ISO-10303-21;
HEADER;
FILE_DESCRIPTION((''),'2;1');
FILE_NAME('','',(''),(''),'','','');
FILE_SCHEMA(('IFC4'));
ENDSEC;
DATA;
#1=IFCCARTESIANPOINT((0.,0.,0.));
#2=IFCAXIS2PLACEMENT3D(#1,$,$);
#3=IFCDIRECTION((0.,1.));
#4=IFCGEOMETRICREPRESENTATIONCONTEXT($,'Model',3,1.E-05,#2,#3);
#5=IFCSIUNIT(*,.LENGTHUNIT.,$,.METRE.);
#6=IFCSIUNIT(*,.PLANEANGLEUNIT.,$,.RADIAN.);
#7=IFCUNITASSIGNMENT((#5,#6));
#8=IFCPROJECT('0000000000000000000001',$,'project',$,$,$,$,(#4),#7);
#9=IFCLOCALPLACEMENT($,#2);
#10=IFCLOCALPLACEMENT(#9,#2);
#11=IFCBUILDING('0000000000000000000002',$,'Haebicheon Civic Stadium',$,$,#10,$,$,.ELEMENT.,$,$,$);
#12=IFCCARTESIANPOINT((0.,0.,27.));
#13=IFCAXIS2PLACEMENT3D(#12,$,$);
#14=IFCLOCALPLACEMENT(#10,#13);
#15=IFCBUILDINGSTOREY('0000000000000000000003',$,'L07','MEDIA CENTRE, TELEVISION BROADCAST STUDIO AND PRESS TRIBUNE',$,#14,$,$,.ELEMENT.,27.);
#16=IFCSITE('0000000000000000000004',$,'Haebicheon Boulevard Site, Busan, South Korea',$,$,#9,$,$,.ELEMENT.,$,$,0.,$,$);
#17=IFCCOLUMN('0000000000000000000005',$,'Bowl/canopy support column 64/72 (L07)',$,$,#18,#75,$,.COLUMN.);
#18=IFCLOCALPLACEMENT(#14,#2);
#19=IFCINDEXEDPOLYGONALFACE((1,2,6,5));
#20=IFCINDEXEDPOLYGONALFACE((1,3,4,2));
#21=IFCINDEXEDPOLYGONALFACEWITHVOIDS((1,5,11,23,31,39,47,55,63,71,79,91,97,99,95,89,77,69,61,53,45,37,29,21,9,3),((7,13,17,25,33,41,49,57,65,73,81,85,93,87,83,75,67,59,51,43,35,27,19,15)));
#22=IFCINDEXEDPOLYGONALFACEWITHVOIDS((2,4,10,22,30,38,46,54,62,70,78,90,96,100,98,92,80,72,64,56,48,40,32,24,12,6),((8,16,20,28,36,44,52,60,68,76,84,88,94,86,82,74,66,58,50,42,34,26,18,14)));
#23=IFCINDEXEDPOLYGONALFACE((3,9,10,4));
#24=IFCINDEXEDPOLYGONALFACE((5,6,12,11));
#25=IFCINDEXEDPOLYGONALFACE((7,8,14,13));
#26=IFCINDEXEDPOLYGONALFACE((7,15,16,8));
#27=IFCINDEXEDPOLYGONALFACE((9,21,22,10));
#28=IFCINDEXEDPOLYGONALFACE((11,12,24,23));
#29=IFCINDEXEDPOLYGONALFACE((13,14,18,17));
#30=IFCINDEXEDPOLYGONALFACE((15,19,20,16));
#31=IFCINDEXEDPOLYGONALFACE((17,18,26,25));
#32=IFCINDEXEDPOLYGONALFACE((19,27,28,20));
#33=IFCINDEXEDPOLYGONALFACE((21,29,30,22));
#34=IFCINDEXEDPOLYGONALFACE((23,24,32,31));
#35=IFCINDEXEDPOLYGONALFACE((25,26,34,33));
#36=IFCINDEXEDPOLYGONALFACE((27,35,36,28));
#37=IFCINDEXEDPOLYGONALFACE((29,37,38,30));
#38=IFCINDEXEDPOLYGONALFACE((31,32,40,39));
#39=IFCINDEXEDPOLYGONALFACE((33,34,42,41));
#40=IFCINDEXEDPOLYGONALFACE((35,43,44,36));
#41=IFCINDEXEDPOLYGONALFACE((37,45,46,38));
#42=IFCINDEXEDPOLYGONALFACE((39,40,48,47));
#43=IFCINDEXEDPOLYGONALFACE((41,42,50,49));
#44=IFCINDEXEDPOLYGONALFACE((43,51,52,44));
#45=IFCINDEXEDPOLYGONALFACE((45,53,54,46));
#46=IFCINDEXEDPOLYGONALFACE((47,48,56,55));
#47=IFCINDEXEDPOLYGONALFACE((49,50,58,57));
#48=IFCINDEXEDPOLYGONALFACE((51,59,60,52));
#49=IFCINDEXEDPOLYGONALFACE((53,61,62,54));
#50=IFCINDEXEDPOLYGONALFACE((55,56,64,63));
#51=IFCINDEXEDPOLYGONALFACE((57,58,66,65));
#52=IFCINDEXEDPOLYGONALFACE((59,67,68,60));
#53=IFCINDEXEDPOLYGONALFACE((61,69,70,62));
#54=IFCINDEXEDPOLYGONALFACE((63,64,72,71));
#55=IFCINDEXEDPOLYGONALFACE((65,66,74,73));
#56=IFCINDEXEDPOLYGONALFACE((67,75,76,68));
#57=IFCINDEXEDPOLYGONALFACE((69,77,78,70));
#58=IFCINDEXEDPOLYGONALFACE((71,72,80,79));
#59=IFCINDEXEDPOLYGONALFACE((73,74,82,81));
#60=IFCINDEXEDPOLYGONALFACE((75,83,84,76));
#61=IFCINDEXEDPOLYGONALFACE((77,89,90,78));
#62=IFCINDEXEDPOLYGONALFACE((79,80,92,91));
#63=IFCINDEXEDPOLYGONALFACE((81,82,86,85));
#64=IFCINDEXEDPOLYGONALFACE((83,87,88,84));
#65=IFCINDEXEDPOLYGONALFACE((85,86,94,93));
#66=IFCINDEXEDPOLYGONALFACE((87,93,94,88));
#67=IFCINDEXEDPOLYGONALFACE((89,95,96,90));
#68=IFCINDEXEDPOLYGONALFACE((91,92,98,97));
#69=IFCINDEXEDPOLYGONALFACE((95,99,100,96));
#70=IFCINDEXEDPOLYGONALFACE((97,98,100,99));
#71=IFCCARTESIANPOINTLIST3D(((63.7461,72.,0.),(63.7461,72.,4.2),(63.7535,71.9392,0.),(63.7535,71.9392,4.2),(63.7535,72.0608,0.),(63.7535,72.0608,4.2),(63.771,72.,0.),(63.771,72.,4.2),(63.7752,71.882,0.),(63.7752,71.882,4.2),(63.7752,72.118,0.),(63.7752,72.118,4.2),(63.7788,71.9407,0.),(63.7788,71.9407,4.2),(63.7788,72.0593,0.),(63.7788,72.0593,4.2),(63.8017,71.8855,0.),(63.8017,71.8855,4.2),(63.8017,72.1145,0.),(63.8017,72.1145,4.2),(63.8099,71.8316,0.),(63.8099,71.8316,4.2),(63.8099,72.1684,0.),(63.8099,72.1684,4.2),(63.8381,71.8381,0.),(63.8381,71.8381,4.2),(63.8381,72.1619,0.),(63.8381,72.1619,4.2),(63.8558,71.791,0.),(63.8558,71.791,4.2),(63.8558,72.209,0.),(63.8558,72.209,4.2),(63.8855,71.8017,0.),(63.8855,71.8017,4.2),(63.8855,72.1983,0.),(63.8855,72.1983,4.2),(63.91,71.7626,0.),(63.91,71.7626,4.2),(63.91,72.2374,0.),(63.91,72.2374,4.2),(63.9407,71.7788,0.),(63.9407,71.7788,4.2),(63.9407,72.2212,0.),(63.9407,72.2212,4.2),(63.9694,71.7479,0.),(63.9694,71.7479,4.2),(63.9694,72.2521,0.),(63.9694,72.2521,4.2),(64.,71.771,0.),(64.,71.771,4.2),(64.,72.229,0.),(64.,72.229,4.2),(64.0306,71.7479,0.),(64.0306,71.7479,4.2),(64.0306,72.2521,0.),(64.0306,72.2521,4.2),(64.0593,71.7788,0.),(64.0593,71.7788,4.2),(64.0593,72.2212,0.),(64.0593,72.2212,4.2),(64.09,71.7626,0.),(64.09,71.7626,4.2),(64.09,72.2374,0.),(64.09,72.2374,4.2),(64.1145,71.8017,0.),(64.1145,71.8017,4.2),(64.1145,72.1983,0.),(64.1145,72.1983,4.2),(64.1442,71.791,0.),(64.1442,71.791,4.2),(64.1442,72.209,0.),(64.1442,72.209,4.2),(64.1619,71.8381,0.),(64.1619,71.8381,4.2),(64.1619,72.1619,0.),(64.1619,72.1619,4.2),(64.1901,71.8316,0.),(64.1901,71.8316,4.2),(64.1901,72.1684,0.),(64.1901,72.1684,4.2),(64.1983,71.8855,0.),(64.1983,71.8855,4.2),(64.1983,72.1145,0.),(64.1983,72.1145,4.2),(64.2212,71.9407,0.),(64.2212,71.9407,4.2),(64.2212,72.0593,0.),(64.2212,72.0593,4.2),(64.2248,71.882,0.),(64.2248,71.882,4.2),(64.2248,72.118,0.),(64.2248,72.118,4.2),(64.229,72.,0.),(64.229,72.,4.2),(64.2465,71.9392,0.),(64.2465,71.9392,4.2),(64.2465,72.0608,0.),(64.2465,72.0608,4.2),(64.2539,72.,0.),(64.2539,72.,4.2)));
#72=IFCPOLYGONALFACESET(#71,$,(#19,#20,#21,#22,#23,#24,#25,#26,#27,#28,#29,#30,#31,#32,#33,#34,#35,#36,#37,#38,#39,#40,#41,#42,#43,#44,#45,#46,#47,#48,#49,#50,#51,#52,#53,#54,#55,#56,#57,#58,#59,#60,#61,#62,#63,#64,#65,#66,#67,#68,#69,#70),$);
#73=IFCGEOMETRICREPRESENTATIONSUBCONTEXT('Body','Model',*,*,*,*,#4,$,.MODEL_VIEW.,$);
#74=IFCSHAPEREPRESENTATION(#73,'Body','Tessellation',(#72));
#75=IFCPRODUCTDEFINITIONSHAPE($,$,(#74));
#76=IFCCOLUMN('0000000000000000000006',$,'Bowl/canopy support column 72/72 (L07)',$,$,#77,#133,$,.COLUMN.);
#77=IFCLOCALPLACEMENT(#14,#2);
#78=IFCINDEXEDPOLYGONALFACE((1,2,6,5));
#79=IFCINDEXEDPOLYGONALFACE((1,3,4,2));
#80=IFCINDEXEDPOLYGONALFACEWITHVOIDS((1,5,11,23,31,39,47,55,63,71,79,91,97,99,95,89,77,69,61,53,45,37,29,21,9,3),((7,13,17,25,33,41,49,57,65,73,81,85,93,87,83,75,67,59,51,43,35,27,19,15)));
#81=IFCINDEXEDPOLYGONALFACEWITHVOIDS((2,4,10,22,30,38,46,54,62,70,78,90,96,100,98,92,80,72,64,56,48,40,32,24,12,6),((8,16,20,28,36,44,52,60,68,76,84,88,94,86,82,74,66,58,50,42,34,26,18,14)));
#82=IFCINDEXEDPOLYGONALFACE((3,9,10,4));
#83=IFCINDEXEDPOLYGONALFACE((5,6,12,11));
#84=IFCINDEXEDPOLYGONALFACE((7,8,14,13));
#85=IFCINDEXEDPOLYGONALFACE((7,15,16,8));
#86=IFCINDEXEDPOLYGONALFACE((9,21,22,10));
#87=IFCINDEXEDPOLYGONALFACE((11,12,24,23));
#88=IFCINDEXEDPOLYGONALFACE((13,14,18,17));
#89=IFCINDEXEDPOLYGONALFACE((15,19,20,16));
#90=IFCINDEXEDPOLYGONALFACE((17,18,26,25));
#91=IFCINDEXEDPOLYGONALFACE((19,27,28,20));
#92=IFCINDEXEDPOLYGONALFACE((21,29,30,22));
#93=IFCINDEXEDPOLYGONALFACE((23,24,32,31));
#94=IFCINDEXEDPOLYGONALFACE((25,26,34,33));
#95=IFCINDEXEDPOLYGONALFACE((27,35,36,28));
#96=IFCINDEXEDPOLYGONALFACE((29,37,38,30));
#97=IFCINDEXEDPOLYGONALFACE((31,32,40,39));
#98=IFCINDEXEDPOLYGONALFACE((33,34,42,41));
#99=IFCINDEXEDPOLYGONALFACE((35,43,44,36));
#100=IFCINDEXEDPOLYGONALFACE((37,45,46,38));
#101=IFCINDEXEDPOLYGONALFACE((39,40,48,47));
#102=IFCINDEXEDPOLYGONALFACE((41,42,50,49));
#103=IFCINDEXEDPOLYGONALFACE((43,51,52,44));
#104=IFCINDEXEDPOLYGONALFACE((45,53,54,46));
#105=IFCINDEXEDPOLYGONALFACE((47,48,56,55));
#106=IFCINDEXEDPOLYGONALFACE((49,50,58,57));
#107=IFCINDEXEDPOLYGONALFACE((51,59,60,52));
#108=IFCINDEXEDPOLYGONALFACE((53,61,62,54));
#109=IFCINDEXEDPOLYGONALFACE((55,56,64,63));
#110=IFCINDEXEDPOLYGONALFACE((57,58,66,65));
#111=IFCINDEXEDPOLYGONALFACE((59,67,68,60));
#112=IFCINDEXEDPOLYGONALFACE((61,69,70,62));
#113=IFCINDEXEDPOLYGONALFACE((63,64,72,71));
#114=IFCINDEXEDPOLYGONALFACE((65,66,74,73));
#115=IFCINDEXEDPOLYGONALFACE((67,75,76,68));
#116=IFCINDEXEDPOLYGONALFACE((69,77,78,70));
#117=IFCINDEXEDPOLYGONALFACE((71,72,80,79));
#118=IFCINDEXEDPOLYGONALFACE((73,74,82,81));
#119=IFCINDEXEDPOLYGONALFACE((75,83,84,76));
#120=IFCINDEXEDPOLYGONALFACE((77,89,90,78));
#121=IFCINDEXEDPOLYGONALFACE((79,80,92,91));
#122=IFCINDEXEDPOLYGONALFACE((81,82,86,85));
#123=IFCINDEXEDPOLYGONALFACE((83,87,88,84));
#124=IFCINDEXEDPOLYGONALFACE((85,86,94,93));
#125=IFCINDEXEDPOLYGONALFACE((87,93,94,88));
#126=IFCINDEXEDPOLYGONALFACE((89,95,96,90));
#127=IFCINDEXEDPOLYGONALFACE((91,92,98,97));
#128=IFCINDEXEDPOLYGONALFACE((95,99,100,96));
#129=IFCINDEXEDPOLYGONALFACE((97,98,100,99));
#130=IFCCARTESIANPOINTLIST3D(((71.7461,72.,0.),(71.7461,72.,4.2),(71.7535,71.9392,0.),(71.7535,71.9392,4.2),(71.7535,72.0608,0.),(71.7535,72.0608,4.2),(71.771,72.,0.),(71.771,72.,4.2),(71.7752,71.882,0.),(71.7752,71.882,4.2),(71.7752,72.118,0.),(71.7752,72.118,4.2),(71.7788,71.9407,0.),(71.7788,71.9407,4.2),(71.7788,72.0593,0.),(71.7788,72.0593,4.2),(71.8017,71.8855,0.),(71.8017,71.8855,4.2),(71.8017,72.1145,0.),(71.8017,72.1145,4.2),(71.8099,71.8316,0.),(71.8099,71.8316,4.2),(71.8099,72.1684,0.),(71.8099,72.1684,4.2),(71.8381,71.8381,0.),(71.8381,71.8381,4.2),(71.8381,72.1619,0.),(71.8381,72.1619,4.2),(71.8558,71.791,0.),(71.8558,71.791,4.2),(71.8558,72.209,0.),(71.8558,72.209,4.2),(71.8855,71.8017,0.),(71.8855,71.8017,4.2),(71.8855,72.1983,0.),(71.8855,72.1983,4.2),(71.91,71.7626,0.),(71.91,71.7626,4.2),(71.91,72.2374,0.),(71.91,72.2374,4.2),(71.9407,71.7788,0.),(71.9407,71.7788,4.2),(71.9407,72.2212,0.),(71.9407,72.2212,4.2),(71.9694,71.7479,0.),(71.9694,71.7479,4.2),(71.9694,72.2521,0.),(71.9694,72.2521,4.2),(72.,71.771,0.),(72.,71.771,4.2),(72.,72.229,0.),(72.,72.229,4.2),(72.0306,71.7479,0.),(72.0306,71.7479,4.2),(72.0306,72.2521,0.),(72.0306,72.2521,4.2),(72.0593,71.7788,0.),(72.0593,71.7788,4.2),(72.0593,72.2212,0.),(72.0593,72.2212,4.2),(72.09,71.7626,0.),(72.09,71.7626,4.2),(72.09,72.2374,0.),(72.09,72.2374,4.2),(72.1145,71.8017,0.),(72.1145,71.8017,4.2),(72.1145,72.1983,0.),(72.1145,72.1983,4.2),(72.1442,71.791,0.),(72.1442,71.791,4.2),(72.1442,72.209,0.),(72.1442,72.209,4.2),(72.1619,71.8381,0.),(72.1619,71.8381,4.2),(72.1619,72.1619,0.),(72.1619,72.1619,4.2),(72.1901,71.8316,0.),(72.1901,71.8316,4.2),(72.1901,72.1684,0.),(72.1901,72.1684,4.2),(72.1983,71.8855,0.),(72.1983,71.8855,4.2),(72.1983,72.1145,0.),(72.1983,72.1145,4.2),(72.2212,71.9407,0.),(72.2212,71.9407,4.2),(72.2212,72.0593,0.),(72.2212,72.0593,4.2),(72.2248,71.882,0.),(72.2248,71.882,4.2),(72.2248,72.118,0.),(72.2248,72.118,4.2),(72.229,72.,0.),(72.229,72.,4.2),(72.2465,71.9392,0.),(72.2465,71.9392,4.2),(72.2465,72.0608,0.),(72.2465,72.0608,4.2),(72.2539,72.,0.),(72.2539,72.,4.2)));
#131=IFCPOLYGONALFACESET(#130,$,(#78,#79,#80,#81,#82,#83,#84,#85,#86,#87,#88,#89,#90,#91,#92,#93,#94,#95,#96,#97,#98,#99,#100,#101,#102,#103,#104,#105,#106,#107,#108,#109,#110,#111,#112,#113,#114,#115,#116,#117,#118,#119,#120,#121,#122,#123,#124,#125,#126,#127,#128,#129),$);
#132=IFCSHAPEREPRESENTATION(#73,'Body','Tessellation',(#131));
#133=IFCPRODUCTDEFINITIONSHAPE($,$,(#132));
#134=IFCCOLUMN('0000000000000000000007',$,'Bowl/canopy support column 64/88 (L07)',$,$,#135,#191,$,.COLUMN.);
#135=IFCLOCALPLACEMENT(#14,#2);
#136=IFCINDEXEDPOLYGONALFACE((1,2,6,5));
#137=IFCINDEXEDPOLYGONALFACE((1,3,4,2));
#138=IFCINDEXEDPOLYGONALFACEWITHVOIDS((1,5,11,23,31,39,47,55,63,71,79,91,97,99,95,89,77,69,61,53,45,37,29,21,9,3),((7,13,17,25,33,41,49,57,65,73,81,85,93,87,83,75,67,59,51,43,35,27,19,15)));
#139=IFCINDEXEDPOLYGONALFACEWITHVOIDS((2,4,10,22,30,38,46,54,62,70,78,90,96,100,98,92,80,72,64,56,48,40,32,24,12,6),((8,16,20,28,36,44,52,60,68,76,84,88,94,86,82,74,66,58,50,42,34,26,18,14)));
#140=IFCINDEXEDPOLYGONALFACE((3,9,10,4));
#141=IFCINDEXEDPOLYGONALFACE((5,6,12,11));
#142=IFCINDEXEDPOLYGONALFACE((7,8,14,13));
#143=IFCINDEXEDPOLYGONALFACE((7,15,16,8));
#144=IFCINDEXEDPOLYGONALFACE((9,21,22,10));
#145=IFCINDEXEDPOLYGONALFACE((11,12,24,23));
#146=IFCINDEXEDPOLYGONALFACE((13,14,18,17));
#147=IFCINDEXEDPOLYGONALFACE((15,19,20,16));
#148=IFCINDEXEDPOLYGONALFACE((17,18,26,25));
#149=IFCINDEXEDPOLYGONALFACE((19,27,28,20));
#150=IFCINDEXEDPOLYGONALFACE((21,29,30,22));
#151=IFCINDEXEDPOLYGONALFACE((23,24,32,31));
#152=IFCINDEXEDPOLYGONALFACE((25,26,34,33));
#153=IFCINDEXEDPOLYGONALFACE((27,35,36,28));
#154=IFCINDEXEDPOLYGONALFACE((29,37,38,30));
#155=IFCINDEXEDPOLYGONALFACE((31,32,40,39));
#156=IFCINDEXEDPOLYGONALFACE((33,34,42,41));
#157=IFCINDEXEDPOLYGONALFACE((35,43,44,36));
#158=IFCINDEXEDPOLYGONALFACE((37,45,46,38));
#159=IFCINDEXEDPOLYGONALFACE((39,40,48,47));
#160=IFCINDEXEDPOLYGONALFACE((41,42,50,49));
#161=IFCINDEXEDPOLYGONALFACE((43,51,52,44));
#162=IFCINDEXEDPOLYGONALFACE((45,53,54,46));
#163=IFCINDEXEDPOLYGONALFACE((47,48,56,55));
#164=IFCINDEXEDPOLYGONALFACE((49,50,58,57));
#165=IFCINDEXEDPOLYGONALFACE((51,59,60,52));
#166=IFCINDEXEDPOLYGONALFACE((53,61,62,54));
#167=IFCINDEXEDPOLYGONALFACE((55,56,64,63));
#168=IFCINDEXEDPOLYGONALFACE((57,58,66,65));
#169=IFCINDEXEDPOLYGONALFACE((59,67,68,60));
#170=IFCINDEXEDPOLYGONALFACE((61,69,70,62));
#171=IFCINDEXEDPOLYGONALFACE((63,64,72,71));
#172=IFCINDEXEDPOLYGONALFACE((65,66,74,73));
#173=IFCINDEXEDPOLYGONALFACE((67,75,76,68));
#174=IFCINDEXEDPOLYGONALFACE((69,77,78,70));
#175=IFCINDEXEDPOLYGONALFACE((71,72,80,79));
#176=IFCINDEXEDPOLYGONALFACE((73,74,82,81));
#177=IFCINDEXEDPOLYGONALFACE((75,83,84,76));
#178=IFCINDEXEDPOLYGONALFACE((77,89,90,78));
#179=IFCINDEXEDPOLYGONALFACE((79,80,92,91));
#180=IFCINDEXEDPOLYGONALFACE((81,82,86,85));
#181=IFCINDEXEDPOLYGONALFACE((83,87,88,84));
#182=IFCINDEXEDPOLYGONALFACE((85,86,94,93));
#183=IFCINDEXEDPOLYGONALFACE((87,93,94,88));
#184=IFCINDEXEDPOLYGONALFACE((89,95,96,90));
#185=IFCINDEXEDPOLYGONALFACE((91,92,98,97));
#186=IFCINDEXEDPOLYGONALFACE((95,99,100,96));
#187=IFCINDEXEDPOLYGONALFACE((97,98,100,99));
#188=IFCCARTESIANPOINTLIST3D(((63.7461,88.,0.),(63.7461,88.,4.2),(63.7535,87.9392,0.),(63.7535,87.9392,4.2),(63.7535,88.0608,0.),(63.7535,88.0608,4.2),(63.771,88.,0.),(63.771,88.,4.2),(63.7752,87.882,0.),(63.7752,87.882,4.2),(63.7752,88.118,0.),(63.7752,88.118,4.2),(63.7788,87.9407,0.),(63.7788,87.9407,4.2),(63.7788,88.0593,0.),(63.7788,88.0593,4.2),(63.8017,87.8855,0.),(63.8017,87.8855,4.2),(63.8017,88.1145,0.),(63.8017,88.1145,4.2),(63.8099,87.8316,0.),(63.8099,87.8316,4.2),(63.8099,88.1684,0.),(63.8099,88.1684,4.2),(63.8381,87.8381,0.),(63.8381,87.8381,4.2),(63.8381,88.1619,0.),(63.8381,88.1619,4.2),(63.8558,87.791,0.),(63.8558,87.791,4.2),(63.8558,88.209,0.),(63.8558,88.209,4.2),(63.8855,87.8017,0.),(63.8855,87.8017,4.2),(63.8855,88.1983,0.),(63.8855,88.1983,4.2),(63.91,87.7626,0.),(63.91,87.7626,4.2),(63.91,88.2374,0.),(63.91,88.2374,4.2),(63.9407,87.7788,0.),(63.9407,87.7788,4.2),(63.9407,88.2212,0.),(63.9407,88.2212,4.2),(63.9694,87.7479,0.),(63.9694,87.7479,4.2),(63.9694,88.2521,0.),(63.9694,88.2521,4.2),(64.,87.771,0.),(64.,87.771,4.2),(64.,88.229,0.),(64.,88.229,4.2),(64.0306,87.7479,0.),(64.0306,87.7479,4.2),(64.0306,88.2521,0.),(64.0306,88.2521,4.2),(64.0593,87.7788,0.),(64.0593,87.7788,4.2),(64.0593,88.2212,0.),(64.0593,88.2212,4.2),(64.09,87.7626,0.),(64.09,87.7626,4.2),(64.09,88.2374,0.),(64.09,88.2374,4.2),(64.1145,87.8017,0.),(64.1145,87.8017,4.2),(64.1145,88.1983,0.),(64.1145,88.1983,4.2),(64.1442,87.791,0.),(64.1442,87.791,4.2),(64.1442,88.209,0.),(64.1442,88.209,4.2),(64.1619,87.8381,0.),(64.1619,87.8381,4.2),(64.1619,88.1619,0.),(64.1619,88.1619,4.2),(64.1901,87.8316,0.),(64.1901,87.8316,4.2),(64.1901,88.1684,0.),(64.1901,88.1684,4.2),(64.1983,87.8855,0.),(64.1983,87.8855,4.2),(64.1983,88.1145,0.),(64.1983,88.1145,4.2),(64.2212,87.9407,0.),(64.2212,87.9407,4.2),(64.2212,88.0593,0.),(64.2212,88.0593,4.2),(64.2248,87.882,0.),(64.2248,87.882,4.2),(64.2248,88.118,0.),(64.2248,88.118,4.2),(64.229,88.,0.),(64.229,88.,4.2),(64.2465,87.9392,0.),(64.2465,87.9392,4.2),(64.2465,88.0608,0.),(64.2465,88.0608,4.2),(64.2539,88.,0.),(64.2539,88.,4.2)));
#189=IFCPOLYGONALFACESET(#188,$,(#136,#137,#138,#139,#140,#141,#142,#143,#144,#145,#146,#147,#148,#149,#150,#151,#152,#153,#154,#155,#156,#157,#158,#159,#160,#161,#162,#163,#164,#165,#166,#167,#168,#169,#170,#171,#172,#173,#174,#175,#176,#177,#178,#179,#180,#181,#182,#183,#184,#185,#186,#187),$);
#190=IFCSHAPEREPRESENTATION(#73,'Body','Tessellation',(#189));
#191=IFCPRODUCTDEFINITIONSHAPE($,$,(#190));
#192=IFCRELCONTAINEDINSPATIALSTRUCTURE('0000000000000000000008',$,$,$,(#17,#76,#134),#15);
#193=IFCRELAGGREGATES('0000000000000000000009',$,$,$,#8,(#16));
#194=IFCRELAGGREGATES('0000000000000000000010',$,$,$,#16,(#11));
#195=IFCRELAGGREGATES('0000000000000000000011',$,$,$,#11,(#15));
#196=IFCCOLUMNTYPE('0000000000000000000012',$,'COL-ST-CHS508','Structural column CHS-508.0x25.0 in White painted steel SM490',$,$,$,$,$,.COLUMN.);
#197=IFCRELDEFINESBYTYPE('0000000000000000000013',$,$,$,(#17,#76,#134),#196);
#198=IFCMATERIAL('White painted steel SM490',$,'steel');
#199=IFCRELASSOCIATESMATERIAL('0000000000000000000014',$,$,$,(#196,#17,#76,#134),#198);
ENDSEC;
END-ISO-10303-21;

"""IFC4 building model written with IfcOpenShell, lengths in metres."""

from ifc_helpers import new_model, si_unit, direction, frame, origin, origin_2d, place, context, subcontext, project, spatial, hollow_circle, extrude, material, material_profile, profile_set, type_object, element, save


model = new_model("IFC4")

# Units and contexts
model_context = context("Model", 3, precision=1e-05, world=origin(), true_north=direction((0.0, 1.0)))
body_context = subcontext(model_context, "Body", "Model", "MODEL_VIEW")
ifc_project = project(units=[si_unit("LENGTHUNIT", "METRE"), si_unit("PLANEANGLEUNIT", "RADIAN")], contexts=[model_context])

# Site, building, storey
site_placement = place(None, origin())
site = spatial("IfcSite", under=ifc_project, at=site_placement, Name="Haebicheon Boulevard Site, Busan, South Korea", CompositionType="ELEMENT", RefElevation=0.0)
building_placement = place(site_placement, origin())
building = spatial("IfcBuilding", under=site, at=building_placement, Name="Haebicheon Civic Stadium", CompositionType="ELEMENT")
storey_placement = place(building_placement, frame((0.0, 0.0, 27.0)))
storey = spatial("IfcBuildingStorey", under=building, at=storey_placement, Name="L07", Description="MEDIA CENTRE, TELEVISION BROADCAST STUDIO AND PRESS TRIBUNE", CompositionType="ELEMENT", Elevation=27.0)

# Columns
ifc_material_1 = material(Name="White painted steel SM490", Category="steel")
ifc_material_profile_1 = material_profile(ifc_material_1, hollow_circle(Radius=0.2539, WallThickness=0.0249, at=origin_2d()), Name="CHS-508.0x25.0")
ifc_profile_set_1 = profile_set([ifc_material_profile_1], Name="White painted steel SM490")
column_type_1 = type_object("IfcColumnType", Name="COL-ST-CHS508", Description="Structural column CHS-508.0x25.0 in White painted steel SM490", PredefinedType="COLUMN", material=ifc_profile_set_1)
for number, where, z_axis, x_axis, name in (
    (1, (64.0, 72.0, 0.0), (0.0, 0.0, 1.0), (1.0, 0.0, 0.0), "Bowl/canopy support column 64/72 (L07)"),
    (2, (72.0, 72.0, 0.0), (0.0, 0.0, 1.0), (1.0, 0.0, 0.0), "Bowl/canopy support column 72/72 (L07)"),
    (3, (64.0, 88.0, 0.0), (0.0, 0.0, 1.0), (1.0, 0.0, 0.0), "Bowl/canopy support column 64/88 (L07)"),
):
    element("IfcColumn", number, at=place(storey_placement, frame(where, z_axis=z_axis, x_axis=x_axis)), inside=storey, type_object=column_type_1, material=ifc_profile_set_1, Name=name, PredefinedType="COLUMN", context=body_context, shape_type="SweptSolid", body=[
        extrude(hollow_circle(Radius=0.2539, WallThickness=0.0249, at=origin_2d()), origin(), (0.0, 0.0, 1.0), 4.2),
    ])

save(model, "model.ifc")
